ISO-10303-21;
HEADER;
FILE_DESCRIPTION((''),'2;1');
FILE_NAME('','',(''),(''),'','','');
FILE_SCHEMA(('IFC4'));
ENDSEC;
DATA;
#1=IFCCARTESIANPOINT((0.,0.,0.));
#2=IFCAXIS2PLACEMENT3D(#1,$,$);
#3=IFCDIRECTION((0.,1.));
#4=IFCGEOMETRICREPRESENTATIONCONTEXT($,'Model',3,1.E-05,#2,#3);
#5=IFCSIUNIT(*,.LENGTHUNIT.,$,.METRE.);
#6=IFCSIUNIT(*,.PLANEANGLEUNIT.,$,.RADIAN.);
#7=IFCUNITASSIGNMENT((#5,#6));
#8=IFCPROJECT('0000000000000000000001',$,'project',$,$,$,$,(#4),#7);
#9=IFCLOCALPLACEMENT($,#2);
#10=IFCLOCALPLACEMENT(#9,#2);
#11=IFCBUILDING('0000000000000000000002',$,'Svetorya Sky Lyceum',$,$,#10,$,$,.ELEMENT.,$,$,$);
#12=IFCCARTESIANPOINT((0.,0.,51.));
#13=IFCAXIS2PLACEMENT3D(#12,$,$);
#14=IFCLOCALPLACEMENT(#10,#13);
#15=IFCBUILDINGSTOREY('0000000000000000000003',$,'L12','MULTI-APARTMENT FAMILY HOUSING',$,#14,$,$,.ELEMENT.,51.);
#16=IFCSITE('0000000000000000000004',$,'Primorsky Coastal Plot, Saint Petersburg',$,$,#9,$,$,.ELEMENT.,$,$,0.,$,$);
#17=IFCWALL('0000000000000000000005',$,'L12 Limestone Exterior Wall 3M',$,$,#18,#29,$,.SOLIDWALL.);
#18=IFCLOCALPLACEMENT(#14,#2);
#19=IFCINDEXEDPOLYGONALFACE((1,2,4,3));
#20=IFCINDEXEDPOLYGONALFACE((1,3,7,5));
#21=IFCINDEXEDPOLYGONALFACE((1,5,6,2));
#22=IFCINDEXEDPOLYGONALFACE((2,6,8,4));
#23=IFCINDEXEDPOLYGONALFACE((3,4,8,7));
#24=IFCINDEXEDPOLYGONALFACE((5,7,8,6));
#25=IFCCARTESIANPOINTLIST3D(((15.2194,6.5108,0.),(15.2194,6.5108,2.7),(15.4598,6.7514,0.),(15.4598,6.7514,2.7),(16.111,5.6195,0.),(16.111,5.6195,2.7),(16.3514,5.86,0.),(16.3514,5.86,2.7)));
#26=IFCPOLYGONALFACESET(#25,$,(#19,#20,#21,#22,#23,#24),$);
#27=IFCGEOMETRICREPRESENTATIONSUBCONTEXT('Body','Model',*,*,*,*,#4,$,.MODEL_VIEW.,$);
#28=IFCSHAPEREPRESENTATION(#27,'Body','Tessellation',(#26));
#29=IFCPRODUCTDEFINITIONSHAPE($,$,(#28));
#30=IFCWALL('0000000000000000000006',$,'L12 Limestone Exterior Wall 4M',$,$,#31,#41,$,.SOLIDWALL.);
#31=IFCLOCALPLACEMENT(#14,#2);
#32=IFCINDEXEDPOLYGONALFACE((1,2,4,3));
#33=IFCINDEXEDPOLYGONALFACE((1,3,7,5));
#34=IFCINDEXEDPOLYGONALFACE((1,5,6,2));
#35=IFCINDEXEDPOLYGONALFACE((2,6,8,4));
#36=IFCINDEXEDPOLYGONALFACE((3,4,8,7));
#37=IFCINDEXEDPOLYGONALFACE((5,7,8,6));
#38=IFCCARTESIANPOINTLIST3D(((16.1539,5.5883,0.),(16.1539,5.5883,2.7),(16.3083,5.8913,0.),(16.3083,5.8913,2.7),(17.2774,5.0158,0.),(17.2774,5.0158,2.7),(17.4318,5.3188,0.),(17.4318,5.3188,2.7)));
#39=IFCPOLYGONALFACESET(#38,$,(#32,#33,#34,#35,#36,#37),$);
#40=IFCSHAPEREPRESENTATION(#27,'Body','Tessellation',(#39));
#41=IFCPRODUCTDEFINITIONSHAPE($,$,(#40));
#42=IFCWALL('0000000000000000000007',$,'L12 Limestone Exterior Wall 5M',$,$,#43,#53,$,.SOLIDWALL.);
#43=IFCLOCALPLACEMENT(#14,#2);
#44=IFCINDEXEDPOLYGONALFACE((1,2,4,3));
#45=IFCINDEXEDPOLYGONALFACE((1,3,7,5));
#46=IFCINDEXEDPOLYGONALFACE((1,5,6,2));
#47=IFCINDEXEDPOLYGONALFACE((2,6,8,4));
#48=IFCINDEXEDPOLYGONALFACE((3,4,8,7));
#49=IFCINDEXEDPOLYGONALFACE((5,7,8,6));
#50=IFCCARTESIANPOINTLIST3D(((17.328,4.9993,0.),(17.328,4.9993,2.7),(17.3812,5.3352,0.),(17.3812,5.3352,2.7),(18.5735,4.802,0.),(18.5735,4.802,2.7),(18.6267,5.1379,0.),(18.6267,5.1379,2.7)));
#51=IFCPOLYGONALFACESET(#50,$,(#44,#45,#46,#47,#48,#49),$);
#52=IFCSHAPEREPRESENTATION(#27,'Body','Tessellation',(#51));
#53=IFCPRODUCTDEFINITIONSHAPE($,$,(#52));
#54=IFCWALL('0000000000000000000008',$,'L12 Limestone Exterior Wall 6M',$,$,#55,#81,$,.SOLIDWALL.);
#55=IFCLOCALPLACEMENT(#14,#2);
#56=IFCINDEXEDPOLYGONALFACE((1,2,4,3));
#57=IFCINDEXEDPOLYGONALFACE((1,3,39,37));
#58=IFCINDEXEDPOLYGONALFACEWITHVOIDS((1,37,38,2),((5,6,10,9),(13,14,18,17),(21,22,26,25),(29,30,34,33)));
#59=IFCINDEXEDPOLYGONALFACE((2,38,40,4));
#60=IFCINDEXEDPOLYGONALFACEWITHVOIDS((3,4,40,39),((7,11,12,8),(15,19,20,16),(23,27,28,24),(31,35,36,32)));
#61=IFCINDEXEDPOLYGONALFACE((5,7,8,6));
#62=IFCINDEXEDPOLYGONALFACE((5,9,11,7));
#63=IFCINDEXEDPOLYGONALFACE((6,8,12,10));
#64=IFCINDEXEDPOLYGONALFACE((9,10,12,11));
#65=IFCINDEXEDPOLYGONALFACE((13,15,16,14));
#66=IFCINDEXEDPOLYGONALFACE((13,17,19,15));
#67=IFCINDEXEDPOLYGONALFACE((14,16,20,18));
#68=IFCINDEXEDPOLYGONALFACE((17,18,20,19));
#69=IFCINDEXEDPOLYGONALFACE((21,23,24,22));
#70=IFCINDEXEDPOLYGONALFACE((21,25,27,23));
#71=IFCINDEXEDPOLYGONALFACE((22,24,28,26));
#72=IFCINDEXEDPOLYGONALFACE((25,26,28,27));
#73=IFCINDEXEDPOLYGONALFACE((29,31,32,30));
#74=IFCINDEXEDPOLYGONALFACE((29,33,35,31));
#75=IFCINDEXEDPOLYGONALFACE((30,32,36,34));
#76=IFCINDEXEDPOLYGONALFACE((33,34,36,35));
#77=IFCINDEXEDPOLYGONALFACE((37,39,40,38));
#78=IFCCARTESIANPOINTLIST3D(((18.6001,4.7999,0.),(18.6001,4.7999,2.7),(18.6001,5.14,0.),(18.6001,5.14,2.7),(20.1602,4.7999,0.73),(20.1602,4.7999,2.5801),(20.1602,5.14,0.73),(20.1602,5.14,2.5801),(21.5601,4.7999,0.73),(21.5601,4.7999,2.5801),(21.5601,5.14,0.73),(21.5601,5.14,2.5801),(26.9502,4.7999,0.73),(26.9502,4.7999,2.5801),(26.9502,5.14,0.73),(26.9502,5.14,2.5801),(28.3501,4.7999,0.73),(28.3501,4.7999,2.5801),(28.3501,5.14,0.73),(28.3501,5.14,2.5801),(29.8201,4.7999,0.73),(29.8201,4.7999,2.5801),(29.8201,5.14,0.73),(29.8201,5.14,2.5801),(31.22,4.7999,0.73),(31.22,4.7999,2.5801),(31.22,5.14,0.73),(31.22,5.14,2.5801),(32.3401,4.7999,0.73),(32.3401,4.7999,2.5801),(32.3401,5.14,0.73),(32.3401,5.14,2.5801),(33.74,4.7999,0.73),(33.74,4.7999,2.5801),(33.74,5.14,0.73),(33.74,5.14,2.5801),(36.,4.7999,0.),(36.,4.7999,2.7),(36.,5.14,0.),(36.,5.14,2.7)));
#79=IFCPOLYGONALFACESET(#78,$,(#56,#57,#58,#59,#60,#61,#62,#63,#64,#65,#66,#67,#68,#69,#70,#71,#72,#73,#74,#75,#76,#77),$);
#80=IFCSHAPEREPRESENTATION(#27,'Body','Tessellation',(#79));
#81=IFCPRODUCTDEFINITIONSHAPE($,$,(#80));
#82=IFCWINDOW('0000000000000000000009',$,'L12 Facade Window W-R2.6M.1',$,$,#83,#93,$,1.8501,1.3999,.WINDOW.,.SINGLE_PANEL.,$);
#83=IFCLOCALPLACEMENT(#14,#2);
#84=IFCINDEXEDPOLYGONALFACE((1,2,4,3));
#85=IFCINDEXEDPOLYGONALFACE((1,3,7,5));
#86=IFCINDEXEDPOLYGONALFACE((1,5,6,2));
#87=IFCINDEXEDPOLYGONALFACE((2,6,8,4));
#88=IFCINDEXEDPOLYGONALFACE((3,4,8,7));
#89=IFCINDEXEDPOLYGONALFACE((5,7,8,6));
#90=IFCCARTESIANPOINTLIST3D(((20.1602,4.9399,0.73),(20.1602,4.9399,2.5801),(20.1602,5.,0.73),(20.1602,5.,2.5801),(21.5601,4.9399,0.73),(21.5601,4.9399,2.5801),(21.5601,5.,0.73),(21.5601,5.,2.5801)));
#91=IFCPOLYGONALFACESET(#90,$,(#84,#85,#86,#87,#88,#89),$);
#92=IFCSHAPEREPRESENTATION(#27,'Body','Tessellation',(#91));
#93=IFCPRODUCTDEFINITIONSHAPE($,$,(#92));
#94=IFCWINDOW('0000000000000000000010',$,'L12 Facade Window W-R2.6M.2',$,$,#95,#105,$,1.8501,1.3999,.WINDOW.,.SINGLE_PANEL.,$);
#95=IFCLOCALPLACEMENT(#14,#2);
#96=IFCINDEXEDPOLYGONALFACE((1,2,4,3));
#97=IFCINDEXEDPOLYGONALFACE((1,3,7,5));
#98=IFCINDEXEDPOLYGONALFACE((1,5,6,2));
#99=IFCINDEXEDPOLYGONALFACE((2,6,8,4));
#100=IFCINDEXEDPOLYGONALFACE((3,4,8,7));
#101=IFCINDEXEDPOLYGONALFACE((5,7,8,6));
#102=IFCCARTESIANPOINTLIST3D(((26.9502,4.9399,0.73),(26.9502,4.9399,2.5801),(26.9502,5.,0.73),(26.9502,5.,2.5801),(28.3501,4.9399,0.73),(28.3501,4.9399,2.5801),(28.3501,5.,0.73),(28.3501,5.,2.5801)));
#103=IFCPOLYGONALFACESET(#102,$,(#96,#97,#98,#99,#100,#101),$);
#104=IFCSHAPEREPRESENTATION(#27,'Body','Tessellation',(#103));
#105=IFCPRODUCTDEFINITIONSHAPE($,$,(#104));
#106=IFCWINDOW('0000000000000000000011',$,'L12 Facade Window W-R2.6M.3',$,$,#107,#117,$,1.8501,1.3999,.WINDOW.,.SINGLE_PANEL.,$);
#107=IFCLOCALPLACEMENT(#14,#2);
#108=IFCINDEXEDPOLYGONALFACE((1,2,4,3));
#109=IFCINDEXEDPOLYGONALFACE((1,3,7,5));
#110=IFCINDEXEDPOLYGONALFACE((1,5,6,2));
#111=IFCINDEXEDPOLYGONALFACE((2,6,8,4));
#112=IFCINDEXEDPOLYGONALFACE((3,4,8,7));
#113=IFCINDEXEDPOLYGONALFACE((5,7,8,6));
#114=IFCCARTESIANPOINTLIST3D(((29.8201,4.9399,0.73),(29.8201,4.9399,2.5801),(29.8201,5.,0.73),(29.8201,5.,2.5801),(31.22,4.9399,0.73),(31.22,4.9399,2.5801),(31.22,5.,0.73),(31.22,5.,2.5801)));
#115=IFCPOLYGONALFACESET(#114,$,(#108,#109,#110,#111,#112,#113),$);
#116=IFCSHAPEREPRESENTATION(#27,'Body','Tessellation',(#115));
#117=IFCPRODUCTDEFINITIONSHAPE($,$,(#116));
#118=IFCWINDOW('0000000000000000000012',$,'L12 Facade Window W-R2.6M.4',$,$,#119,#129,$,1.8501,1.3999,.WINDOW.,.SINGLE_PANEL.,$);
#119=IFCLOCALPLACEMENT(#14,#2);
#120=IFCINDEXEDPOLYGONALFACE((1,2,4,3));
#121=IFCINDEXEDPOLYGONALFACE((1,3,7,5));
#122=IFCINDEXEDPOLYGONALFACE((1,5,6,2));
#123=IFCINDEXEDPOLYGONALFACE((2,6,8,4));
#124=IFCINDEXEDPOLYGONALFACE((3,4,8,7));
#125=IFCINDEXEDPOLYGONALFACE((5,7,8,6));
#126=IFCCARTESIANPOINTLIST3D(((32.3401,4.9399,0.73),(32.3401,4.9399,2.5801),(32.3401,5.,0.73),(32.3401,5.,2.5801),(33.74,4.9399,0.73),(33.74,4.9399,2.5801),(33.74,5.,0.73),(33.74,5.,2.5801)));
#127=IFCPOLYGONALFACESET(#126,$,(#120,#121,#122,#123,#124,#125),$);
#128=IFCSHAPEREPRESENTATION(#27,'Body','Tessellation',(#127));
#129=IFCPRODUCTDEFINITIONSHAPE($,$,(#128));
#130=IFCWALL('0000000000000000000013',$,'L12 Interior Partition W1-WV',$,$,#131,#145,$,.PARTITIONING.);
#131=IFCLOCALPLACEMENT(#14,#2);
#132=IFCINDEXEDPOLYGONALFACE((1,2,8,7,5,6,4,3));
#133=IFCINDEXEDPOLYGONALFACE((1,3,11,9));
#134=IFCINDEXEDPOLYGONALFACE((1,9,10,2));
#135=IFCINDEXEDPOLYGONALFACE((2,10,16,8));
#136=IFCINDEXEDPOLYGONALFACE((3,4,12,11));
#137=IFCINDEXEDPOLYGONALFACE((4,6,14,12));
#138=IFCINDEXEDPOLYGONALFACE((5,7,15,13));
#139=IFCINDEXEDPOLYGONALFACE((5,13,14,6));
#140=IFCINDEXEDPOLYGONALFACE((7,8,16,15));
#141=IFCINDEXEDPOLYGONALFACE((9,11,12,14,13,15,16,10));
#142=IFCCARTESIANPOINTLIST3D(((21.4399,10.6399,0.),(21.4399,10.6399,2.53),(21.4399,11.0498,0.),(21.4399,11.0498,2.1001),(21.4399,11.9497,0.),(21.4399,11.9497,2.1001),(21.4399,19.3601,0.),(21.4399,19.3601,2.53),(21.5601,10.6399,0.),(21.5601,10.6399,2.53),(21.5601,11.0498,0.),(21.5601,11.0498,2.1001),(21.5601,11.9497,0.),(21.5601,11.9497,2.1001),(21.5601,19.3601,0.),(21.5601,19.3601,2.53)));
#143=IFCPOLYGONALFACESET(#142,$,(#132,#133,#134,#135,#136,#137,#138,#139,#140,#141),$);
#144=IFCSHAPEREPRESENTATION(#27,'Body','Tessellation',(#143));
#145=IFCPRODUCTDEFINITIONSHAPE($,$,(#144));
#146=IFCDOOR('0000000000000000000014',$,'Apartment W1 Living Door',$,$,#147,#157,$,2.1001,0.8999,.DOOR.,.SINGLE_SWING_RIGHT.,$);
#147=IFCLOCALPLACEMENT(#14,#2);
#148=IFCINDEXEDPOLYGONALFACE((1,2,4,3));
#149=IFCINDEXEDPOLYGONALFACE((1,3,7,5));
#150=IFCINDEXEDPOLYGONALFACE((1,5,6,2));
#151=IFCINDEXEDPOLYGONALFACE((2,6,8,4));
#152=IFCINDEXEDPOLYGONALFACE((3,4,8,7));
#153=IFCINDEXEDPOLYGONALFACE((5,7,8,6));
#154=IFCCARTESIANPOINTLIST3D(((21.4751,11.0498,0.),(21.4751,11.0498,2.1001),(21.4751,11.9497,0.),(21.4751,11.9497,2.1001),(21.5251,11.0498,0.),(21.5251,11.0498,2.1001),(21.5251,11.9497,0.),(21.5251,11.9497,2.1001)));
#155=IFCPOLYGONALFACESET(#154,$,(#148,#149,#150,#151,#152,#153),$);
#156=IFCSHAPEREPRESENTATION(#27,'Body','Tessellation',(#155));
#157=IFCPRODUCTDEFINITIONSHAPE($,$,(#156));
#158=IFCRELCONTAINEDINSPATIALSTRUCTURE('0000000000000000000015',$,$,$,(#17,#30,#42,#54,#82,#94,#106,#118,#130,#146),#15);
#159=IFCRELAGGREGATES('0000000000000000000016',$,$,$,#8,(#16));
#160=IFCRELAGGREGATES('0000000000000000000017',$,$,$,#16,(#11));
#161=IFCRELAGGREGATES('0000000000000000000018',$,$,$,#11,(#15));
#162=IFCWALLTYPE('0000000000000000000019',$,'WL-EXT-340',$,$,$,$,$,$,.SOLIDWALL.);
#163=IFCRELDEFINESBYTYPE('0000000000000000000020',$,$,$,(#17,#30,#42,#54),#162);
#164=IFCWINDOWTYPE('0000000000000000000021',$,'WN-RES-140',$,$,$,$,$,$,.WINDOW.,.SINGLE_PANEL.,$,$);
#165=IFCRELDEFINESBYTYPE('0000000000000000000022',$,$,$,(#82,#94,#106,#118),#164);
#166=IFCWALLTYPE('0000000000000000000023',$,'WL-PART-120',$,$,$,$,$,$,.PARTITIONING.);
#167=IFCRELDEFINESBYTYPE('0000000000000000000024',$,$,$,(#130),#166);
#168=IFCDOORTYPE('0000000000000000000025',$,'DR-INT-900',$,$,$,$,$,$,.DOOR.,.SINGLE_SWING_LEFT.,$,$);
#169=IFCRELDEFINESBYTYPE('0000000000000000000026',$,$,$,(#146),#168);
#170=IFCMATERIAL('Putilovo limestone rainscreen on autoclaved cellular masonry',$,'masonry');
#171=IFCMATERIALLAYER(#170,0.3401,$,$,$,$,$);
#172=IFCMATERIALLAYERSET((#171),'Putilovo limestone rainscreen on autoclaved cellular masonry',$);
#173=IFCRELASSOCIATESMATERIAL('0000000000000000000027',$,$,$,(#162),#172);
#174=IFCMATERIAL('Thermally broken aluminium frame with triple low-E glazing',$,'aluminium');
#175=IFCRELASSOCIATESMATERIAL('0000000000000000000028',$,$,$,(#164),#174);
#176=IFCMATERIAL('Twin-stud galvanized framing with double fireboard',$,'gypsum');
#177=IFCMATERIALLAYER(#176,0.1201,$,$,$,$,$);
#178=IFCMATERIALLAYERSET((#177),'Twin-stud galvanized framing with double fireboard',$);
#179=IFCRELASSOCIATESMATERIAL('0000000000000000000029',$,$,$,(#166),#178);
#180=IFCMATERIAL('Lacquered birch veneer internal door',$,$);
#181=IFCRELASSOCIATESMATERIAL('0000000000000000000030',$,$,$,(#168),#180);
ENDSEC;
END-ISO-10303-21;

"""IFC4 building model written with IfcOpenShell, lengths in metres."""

from ifc_helpers import new_model, si_unit, direction, frame, frame_2d, origin, place, context, subcontext, project, spatial, rectangle, extrude, material, layer, layer_set, type_object, element, fill, save


model = new_model("IFC4")

# Units and contexts
model_context = context("Model", 3, precision=1e-05, world=origin(), true_north=direction((0.0, 1.0)))
body_context = subcontext(model_context, "Body", "Model", "MODEL_VIEW")
ifc_project = project(units=[si_unit("LENGTHUNIT", "METRE"), si_unit("PLANEANGLEUNIT", "RADIAN")], contexts=[model_context])

# Site, building, storey
site_placement = place(None, origin())
site = spatial("IfcSite", under=ifc_project, at=site_placement, Name="Primorsky Coastal Plot, Saint Petersburg", CompositionType="ELEMENT", RefElevation=0.0)
building_placement = place(site_placement, origin())
building = spatial("IfcBuilding", under=site, at=building_placement, Name="Svetorya Sky Lyceum", CompositionType="ELEMENT")
storey_placement = place(building_placement, frame((0.0, 0.0, 51.0)))
storey = spatial("IfcBuildingStorey", under=building, at=storey_placement, Name="L12", Description="MULTI-APARTMENT FAMILY HOUSING", CompositionType="ELEMENT", Elevation=51.0)

# Walls
ifc_material_1 = material(Name="Putilovo limestone rainscreen on autoclaved cellular masonry", Category="masonry")
ifc_layer_1 = layer(ifc_material_1, 0.3401)
ifc_layer_set_1 = layer_set([ifc_layer_1], Name="Putilovo limestone rainscreen on autoclaved cellular masonry")
wall_type_1 = type_object("IfcWallType", Name="WL-EXT-340", PredefinedType="SOLIDWALL", material=ifc_layer_set_1)
wall_1_placement = place(storey_placement, frame((15.3396, 6.6311, 0.0), z_axis=(0.0, 0.0, 1.0), x_axis=(0.707204, -0.70701, 0.0)))
element("IfcWall", 1, at=wall_1_placement, inside=storey, type_object=wall_type_1, Name="L12 Limestone Exterior Wall 3M", PredefinedType="SOLIDWALL", context=body_context, shape_type="SweptSolid", body=[
    extrude(rectangle(XDim=1.2607, YDim=0.3401, at=frame_2d((0.6304, 0.0))), origin(), (0.0, 0.0, 1.0), 2.7),
])
for number, where, z_axis, x_axis, name in (
    (2, (16.2312, 5.7397, 0.0), (0.0, 0.0, 1.0), (0.890994, -0.454016, 0.0), "L12 Limestone Exterior Wall 4M"),
    (3, (17.3547, 5.1672, 0.0), (0.0, 0.0, 1.0), (0.987686, -0.15645, 0.0), "L12 Limestone Exterior Wall 5M"),
):
    element("IfcWall", number, at=place(storey_placement, frame(where, z_axis=z_axis, x_axis=x_axis)), inside=storey, type_object=wall_type_1, Name=name, PredefinedType="SOLIDWALL", context=body_context, shape_type="SweptSolid", body=[
        extrude(rectangle(XDim=1.261, YDim=0.3401, at=frame_2d((0.6304, 0.0))), origin(), (0.0, 0.0, 1.0), 2.7),
    ])

# Wall, openings, windows
wall_2_placement = place(storey_placement, frame((18.6001, 4.97, 0.0), z_axis=(0.0, 0.0, 1.0), x_axis=(1.0, 0.0, 0.0)))
wall_2 = element("IfcWall", 4, at=wall_2_placement, inside=storey, type_object=wall_type_1, Name="L12 Limestone Exterior Wall 6M", PredefinedType="SOLIDWALL", context=body_context, shape_type="SweptSolid", body=[
    extrude(rectangle(XDim=17.3999, YDim=0.3401, at=frame_2d((8.7, 0.0))), origin(), (0.0, 0.0, 1.0), 2.7),
])
opening_1_placement = place(wall_2_placement, frame((1.5601, 0.0, 0.73)))
opening_1 = element("IfcOpeningElement", 5, at=opening_1_placement, cuts=wall_2, PredefinedType="OPENING", context=body_context, shape_type="SweptSolid", body=[
    extrude(rectangle(XDim=1.3999, YDim=1.8501, at=frame_2d((0.7, 0.925))), frame((0.0, 0.1799, 0.0), z_axis=(0.0, -1.0, 0.0), x_axis=(1.0, 0.0, 0.0)), (0.0, 0.0, 1.0), 0.3601),
])
opening_2_placement = place(wall_2_placement, frame((8.3501, 0.0, 0.73)))
opening_2 = element("IfcOpeningElement", 6, at=opening_2_placement, cuts=wall_2, PredefinedType="OPENING", context=body_context, shape_type="SweptSolid", body=[
    extrude(rectangle(XDim=1.3999, YDim=1.8501, at=frame_2d((0.7, 0.925))), frame((0.0, 0.1799, 0.0), z_axis=(0.0, -1.0, 0.0), x_axis=(1.0, 0.0, 0.0)), (0.0, 0.0, 1.0), 0.3601),
])
opening_3_placement = place(wall_2_placement, frame((11.22, 0.0, 0.73)))
opening_3 = element("IfcOpeningElement", 7, at=opening_3_placement, cuts=wall_2, PredefinedType="OPENING", context=body_context, shape_type="SweptSolid", body=[
    extrude(rectangle(XDim=1.3999, YDim=1.8501, at=frame_2d((0.7, 0.925))), frame((0.0, 0.1799, 0.0), z_axis=(0.0, -1.0, 0.0), x_axis=(1.0, 0.0, 0.0)), (0.0, 0.0, 1.0), 0.3601),
])
opening_4_placement = place(wall_2_placement, frame((13.74, 0.0, 0.73)))
opening_4 = element("IfcOpeningElement", 8, at=opening_4_placement, cuts=wall_2, PredefinedType="OPENING", context=body_context, shape_type="SweptSolid", body=[
    extrude(rectangle(XDim=1.3999, YDim=1.8501, at=frame_2d((0.7, 0.925))), frame((0.0, 0.1799, 0.0), z_axis=(0.0, -1.0, 0.0), x_axis=(1.0, 0.0, 0.0)), (0.0, 0.0, 1.0), 0.3601),
])
ifc_material_2 = material(Name="Thermally broken aluminium frame with triple low-E glazing", Category="aluminium")
window_type = type_object("IfcWindowType", Name="WN-RES-140", PartitioningType="SINGLE_PANEL", PredefinedType="WINDOW", material=ifc_material_2)
window_1_placement = place(opening_1_placement, origin())
window_1 = element("IfcWindow", 9, at=window_1_placement, inside=storey, type_object=window_type, Name="L12 Facade Window W-R2.6M.1", OverallHeight=1.8501, OverallWidth=1.3999, PartitioningType="SINGLE_PANEL", PredefinedType="WINDOW", context=body_context, shape_type="SweptSolid", body=[
    extrude(rectangle(XDim=1.3999, YDim=1.8501, at=frame_2d((0.7, 0.925))), frame((0.0, 0.03, 0.0), z_axis=(0.0, -1.0, 0.0), x_axis=(1.0, 0.0, 0.0)), (0.0, 0.0, 1.0), 0.0601),
])
fill(opening_1, window_1)
window_2_placement = place(opening_2_placement, origin())
window_2 = element("IfcWindow", 10, at=window_2_placement, inside=storey, type_object=window_type, Name="L12 Facade Window W-R2.6M.2", OverallHeight=1.8501, OverallWidth=1.3999, PartitioningType="SINGLE_PANEL", PredefinedType="WINDOW", context=body_context, shape_type="SweptSolid", body=[
    extrude(rectangle(XDim=1.3999, YDim=1.8501, at=frame_2d((0.7, 0.925))), frame((0.0, 0.03, 0.0), z_axis=(0.0, -1.0, 0.0), x_axis=(1.0, 0.0, 0.0)), (0.0, 0.0, 1.0), 0.0601),
])
fill(opening_2, window_2)
window_3_placement = place(opening_3_placement, origin())
window_3 = element("IfcWindow", 11, at=window_3_placement, inside=storey, type_object=window_type, Name="L12 Facade Window W-R2.6M.3", OverallHeight=1.8501, OverallWidth=1.3999, PartitioningType="SINGLE_PANEL", PredefinedType="WINDOW", context=body_context, shape_type="SweptSolid", body=[
    extrude(rectangle(XDim=1.3999, YDim=1.8501, at=frame_2d((0.7, 0.925))), frame((0.0, 0.03, 0.0), z_axis=(0.0, -1.0, 0.0), x_axis=(1.0, 0.0, 0.0)), (0.0, 0.0, 1.0), 0.0601),
])
fill(opening_3, window_3)
window_4_placement = place(opening_4_placement, origin())
window_4 = element("IfcWindow", 12, at=window_4_placement, inside=storey, type_object=window_type, Name="L12 Facade Window W-R2.6M.4", OverallHeight=1.8501, OverallWidth=1.3999, PartitioningType="SINGLE_PANEL", PredefinedType="WINDOW", context=body_context, shape_type="SweptSolid", body=[
    extrude(rectangle(XDim=1.3999, YDim=1.8501, at=frame_2d((0.7, 0.925))), frame((0.0, 0.03, 0.0), z_axis=(0.0, -1.0, 0.0), x_axis=(1.0, 0.0, 0.0)), (0.0, 0.0, 1.0), 0.0601),
])
fill(opening_4, window_4)

# Wall, opening, door
ifc_material_3 = material(Name="Twin-stud galvanized framing with double fireboard", Category="gypsum")
ifc_layer_2 = layer(ifc_material_3, 0.1201)
ifc_layer_set_2 = layer_set([ifc_layer_2], Name="Twin-stud galvanized framing with double fireboard")
wall_type_2 = type_object("IfcWallType", Name="WL-PART-120", PredefinedType="PARTITIONING", material=ifc_layer_set_2)
wall_3_placement = place(storey_placement, frame((21.5, 10.6399, 0.0), z_axis=(0.0, 0.0, 1.0), x_axis=(0.0, 1.0, 0.0)))
wall_3 = element("IfcWall", 13, at=wall_3_placement, inside=storey, type_object=wall_type_2, Name="L12 Interior Partition W1-WV", PredefinedType="PARTITIONING", context=body_context, shape_type="SweptSolid", body=[
    extrude(rectangle(XDim=8.7202, YDim=0.1201, at=frame_2d((4.3601, 0.0))), origin(), (0.0, 0.0, 1.0), 2.53),
])
opening_5_placement = place(wall_3_placement, frame((0.4099, 0.0, 0.0)))
opening_5 = element("IfcOpeningElement", 14, at=opening_5_placement, cuts=wall_3, PredefinedType="OPENING", context=body_context, shape_type="SweptSolid", body=[
    extrude(rectangle(XDim=0.8999, YDim=2.1001, at=frame_2d((0.45, 1.05))), frame((0.0, 0.0701, 0.0), z_axis=(0.0, -1.0, 0.0), x_axis=(1.0, 0.0, 0.0)), (0.0, 0.0, 1.0), 0.1401),
])
ifc_material_4 = material(Name="Lacquered birch veneer internal door")
door_type_1 = type_object("IfcDoorType", Name="DR-INT-900", OperationType="SINGLE_SWING_LEFT", PredefinedType="DOOR", material=ifc_material_4)
door_1_placement = place(opening_5_placement, origin())
door_1 = element("IfcDoor", 15, at=door_1_placement, inside=storey, type_object=door_type_1, Name="Apartment W1 Living Door", OperationType="SINGLE_SWING_RIGHT", OverallHeight=2.1001, OverallWidth=0.8999, PredefinedType="DOOR", context=body_context, shape_type="SweptSolid", body=[
    extrude(rectangle(XDim=0.8999, YDim=2.1001, at=frame_2d((0.45, 1.05))), frame((0.0, 0.0249, 0.0), z_axis=(0.0, -1.0, 0.0), x_axis=(1.0, 0.0, 0.0)), (0.0, 0.0, 1.0), 0.05),
])
fill(opening_5, door_1)

save(model, "model.ifc")
